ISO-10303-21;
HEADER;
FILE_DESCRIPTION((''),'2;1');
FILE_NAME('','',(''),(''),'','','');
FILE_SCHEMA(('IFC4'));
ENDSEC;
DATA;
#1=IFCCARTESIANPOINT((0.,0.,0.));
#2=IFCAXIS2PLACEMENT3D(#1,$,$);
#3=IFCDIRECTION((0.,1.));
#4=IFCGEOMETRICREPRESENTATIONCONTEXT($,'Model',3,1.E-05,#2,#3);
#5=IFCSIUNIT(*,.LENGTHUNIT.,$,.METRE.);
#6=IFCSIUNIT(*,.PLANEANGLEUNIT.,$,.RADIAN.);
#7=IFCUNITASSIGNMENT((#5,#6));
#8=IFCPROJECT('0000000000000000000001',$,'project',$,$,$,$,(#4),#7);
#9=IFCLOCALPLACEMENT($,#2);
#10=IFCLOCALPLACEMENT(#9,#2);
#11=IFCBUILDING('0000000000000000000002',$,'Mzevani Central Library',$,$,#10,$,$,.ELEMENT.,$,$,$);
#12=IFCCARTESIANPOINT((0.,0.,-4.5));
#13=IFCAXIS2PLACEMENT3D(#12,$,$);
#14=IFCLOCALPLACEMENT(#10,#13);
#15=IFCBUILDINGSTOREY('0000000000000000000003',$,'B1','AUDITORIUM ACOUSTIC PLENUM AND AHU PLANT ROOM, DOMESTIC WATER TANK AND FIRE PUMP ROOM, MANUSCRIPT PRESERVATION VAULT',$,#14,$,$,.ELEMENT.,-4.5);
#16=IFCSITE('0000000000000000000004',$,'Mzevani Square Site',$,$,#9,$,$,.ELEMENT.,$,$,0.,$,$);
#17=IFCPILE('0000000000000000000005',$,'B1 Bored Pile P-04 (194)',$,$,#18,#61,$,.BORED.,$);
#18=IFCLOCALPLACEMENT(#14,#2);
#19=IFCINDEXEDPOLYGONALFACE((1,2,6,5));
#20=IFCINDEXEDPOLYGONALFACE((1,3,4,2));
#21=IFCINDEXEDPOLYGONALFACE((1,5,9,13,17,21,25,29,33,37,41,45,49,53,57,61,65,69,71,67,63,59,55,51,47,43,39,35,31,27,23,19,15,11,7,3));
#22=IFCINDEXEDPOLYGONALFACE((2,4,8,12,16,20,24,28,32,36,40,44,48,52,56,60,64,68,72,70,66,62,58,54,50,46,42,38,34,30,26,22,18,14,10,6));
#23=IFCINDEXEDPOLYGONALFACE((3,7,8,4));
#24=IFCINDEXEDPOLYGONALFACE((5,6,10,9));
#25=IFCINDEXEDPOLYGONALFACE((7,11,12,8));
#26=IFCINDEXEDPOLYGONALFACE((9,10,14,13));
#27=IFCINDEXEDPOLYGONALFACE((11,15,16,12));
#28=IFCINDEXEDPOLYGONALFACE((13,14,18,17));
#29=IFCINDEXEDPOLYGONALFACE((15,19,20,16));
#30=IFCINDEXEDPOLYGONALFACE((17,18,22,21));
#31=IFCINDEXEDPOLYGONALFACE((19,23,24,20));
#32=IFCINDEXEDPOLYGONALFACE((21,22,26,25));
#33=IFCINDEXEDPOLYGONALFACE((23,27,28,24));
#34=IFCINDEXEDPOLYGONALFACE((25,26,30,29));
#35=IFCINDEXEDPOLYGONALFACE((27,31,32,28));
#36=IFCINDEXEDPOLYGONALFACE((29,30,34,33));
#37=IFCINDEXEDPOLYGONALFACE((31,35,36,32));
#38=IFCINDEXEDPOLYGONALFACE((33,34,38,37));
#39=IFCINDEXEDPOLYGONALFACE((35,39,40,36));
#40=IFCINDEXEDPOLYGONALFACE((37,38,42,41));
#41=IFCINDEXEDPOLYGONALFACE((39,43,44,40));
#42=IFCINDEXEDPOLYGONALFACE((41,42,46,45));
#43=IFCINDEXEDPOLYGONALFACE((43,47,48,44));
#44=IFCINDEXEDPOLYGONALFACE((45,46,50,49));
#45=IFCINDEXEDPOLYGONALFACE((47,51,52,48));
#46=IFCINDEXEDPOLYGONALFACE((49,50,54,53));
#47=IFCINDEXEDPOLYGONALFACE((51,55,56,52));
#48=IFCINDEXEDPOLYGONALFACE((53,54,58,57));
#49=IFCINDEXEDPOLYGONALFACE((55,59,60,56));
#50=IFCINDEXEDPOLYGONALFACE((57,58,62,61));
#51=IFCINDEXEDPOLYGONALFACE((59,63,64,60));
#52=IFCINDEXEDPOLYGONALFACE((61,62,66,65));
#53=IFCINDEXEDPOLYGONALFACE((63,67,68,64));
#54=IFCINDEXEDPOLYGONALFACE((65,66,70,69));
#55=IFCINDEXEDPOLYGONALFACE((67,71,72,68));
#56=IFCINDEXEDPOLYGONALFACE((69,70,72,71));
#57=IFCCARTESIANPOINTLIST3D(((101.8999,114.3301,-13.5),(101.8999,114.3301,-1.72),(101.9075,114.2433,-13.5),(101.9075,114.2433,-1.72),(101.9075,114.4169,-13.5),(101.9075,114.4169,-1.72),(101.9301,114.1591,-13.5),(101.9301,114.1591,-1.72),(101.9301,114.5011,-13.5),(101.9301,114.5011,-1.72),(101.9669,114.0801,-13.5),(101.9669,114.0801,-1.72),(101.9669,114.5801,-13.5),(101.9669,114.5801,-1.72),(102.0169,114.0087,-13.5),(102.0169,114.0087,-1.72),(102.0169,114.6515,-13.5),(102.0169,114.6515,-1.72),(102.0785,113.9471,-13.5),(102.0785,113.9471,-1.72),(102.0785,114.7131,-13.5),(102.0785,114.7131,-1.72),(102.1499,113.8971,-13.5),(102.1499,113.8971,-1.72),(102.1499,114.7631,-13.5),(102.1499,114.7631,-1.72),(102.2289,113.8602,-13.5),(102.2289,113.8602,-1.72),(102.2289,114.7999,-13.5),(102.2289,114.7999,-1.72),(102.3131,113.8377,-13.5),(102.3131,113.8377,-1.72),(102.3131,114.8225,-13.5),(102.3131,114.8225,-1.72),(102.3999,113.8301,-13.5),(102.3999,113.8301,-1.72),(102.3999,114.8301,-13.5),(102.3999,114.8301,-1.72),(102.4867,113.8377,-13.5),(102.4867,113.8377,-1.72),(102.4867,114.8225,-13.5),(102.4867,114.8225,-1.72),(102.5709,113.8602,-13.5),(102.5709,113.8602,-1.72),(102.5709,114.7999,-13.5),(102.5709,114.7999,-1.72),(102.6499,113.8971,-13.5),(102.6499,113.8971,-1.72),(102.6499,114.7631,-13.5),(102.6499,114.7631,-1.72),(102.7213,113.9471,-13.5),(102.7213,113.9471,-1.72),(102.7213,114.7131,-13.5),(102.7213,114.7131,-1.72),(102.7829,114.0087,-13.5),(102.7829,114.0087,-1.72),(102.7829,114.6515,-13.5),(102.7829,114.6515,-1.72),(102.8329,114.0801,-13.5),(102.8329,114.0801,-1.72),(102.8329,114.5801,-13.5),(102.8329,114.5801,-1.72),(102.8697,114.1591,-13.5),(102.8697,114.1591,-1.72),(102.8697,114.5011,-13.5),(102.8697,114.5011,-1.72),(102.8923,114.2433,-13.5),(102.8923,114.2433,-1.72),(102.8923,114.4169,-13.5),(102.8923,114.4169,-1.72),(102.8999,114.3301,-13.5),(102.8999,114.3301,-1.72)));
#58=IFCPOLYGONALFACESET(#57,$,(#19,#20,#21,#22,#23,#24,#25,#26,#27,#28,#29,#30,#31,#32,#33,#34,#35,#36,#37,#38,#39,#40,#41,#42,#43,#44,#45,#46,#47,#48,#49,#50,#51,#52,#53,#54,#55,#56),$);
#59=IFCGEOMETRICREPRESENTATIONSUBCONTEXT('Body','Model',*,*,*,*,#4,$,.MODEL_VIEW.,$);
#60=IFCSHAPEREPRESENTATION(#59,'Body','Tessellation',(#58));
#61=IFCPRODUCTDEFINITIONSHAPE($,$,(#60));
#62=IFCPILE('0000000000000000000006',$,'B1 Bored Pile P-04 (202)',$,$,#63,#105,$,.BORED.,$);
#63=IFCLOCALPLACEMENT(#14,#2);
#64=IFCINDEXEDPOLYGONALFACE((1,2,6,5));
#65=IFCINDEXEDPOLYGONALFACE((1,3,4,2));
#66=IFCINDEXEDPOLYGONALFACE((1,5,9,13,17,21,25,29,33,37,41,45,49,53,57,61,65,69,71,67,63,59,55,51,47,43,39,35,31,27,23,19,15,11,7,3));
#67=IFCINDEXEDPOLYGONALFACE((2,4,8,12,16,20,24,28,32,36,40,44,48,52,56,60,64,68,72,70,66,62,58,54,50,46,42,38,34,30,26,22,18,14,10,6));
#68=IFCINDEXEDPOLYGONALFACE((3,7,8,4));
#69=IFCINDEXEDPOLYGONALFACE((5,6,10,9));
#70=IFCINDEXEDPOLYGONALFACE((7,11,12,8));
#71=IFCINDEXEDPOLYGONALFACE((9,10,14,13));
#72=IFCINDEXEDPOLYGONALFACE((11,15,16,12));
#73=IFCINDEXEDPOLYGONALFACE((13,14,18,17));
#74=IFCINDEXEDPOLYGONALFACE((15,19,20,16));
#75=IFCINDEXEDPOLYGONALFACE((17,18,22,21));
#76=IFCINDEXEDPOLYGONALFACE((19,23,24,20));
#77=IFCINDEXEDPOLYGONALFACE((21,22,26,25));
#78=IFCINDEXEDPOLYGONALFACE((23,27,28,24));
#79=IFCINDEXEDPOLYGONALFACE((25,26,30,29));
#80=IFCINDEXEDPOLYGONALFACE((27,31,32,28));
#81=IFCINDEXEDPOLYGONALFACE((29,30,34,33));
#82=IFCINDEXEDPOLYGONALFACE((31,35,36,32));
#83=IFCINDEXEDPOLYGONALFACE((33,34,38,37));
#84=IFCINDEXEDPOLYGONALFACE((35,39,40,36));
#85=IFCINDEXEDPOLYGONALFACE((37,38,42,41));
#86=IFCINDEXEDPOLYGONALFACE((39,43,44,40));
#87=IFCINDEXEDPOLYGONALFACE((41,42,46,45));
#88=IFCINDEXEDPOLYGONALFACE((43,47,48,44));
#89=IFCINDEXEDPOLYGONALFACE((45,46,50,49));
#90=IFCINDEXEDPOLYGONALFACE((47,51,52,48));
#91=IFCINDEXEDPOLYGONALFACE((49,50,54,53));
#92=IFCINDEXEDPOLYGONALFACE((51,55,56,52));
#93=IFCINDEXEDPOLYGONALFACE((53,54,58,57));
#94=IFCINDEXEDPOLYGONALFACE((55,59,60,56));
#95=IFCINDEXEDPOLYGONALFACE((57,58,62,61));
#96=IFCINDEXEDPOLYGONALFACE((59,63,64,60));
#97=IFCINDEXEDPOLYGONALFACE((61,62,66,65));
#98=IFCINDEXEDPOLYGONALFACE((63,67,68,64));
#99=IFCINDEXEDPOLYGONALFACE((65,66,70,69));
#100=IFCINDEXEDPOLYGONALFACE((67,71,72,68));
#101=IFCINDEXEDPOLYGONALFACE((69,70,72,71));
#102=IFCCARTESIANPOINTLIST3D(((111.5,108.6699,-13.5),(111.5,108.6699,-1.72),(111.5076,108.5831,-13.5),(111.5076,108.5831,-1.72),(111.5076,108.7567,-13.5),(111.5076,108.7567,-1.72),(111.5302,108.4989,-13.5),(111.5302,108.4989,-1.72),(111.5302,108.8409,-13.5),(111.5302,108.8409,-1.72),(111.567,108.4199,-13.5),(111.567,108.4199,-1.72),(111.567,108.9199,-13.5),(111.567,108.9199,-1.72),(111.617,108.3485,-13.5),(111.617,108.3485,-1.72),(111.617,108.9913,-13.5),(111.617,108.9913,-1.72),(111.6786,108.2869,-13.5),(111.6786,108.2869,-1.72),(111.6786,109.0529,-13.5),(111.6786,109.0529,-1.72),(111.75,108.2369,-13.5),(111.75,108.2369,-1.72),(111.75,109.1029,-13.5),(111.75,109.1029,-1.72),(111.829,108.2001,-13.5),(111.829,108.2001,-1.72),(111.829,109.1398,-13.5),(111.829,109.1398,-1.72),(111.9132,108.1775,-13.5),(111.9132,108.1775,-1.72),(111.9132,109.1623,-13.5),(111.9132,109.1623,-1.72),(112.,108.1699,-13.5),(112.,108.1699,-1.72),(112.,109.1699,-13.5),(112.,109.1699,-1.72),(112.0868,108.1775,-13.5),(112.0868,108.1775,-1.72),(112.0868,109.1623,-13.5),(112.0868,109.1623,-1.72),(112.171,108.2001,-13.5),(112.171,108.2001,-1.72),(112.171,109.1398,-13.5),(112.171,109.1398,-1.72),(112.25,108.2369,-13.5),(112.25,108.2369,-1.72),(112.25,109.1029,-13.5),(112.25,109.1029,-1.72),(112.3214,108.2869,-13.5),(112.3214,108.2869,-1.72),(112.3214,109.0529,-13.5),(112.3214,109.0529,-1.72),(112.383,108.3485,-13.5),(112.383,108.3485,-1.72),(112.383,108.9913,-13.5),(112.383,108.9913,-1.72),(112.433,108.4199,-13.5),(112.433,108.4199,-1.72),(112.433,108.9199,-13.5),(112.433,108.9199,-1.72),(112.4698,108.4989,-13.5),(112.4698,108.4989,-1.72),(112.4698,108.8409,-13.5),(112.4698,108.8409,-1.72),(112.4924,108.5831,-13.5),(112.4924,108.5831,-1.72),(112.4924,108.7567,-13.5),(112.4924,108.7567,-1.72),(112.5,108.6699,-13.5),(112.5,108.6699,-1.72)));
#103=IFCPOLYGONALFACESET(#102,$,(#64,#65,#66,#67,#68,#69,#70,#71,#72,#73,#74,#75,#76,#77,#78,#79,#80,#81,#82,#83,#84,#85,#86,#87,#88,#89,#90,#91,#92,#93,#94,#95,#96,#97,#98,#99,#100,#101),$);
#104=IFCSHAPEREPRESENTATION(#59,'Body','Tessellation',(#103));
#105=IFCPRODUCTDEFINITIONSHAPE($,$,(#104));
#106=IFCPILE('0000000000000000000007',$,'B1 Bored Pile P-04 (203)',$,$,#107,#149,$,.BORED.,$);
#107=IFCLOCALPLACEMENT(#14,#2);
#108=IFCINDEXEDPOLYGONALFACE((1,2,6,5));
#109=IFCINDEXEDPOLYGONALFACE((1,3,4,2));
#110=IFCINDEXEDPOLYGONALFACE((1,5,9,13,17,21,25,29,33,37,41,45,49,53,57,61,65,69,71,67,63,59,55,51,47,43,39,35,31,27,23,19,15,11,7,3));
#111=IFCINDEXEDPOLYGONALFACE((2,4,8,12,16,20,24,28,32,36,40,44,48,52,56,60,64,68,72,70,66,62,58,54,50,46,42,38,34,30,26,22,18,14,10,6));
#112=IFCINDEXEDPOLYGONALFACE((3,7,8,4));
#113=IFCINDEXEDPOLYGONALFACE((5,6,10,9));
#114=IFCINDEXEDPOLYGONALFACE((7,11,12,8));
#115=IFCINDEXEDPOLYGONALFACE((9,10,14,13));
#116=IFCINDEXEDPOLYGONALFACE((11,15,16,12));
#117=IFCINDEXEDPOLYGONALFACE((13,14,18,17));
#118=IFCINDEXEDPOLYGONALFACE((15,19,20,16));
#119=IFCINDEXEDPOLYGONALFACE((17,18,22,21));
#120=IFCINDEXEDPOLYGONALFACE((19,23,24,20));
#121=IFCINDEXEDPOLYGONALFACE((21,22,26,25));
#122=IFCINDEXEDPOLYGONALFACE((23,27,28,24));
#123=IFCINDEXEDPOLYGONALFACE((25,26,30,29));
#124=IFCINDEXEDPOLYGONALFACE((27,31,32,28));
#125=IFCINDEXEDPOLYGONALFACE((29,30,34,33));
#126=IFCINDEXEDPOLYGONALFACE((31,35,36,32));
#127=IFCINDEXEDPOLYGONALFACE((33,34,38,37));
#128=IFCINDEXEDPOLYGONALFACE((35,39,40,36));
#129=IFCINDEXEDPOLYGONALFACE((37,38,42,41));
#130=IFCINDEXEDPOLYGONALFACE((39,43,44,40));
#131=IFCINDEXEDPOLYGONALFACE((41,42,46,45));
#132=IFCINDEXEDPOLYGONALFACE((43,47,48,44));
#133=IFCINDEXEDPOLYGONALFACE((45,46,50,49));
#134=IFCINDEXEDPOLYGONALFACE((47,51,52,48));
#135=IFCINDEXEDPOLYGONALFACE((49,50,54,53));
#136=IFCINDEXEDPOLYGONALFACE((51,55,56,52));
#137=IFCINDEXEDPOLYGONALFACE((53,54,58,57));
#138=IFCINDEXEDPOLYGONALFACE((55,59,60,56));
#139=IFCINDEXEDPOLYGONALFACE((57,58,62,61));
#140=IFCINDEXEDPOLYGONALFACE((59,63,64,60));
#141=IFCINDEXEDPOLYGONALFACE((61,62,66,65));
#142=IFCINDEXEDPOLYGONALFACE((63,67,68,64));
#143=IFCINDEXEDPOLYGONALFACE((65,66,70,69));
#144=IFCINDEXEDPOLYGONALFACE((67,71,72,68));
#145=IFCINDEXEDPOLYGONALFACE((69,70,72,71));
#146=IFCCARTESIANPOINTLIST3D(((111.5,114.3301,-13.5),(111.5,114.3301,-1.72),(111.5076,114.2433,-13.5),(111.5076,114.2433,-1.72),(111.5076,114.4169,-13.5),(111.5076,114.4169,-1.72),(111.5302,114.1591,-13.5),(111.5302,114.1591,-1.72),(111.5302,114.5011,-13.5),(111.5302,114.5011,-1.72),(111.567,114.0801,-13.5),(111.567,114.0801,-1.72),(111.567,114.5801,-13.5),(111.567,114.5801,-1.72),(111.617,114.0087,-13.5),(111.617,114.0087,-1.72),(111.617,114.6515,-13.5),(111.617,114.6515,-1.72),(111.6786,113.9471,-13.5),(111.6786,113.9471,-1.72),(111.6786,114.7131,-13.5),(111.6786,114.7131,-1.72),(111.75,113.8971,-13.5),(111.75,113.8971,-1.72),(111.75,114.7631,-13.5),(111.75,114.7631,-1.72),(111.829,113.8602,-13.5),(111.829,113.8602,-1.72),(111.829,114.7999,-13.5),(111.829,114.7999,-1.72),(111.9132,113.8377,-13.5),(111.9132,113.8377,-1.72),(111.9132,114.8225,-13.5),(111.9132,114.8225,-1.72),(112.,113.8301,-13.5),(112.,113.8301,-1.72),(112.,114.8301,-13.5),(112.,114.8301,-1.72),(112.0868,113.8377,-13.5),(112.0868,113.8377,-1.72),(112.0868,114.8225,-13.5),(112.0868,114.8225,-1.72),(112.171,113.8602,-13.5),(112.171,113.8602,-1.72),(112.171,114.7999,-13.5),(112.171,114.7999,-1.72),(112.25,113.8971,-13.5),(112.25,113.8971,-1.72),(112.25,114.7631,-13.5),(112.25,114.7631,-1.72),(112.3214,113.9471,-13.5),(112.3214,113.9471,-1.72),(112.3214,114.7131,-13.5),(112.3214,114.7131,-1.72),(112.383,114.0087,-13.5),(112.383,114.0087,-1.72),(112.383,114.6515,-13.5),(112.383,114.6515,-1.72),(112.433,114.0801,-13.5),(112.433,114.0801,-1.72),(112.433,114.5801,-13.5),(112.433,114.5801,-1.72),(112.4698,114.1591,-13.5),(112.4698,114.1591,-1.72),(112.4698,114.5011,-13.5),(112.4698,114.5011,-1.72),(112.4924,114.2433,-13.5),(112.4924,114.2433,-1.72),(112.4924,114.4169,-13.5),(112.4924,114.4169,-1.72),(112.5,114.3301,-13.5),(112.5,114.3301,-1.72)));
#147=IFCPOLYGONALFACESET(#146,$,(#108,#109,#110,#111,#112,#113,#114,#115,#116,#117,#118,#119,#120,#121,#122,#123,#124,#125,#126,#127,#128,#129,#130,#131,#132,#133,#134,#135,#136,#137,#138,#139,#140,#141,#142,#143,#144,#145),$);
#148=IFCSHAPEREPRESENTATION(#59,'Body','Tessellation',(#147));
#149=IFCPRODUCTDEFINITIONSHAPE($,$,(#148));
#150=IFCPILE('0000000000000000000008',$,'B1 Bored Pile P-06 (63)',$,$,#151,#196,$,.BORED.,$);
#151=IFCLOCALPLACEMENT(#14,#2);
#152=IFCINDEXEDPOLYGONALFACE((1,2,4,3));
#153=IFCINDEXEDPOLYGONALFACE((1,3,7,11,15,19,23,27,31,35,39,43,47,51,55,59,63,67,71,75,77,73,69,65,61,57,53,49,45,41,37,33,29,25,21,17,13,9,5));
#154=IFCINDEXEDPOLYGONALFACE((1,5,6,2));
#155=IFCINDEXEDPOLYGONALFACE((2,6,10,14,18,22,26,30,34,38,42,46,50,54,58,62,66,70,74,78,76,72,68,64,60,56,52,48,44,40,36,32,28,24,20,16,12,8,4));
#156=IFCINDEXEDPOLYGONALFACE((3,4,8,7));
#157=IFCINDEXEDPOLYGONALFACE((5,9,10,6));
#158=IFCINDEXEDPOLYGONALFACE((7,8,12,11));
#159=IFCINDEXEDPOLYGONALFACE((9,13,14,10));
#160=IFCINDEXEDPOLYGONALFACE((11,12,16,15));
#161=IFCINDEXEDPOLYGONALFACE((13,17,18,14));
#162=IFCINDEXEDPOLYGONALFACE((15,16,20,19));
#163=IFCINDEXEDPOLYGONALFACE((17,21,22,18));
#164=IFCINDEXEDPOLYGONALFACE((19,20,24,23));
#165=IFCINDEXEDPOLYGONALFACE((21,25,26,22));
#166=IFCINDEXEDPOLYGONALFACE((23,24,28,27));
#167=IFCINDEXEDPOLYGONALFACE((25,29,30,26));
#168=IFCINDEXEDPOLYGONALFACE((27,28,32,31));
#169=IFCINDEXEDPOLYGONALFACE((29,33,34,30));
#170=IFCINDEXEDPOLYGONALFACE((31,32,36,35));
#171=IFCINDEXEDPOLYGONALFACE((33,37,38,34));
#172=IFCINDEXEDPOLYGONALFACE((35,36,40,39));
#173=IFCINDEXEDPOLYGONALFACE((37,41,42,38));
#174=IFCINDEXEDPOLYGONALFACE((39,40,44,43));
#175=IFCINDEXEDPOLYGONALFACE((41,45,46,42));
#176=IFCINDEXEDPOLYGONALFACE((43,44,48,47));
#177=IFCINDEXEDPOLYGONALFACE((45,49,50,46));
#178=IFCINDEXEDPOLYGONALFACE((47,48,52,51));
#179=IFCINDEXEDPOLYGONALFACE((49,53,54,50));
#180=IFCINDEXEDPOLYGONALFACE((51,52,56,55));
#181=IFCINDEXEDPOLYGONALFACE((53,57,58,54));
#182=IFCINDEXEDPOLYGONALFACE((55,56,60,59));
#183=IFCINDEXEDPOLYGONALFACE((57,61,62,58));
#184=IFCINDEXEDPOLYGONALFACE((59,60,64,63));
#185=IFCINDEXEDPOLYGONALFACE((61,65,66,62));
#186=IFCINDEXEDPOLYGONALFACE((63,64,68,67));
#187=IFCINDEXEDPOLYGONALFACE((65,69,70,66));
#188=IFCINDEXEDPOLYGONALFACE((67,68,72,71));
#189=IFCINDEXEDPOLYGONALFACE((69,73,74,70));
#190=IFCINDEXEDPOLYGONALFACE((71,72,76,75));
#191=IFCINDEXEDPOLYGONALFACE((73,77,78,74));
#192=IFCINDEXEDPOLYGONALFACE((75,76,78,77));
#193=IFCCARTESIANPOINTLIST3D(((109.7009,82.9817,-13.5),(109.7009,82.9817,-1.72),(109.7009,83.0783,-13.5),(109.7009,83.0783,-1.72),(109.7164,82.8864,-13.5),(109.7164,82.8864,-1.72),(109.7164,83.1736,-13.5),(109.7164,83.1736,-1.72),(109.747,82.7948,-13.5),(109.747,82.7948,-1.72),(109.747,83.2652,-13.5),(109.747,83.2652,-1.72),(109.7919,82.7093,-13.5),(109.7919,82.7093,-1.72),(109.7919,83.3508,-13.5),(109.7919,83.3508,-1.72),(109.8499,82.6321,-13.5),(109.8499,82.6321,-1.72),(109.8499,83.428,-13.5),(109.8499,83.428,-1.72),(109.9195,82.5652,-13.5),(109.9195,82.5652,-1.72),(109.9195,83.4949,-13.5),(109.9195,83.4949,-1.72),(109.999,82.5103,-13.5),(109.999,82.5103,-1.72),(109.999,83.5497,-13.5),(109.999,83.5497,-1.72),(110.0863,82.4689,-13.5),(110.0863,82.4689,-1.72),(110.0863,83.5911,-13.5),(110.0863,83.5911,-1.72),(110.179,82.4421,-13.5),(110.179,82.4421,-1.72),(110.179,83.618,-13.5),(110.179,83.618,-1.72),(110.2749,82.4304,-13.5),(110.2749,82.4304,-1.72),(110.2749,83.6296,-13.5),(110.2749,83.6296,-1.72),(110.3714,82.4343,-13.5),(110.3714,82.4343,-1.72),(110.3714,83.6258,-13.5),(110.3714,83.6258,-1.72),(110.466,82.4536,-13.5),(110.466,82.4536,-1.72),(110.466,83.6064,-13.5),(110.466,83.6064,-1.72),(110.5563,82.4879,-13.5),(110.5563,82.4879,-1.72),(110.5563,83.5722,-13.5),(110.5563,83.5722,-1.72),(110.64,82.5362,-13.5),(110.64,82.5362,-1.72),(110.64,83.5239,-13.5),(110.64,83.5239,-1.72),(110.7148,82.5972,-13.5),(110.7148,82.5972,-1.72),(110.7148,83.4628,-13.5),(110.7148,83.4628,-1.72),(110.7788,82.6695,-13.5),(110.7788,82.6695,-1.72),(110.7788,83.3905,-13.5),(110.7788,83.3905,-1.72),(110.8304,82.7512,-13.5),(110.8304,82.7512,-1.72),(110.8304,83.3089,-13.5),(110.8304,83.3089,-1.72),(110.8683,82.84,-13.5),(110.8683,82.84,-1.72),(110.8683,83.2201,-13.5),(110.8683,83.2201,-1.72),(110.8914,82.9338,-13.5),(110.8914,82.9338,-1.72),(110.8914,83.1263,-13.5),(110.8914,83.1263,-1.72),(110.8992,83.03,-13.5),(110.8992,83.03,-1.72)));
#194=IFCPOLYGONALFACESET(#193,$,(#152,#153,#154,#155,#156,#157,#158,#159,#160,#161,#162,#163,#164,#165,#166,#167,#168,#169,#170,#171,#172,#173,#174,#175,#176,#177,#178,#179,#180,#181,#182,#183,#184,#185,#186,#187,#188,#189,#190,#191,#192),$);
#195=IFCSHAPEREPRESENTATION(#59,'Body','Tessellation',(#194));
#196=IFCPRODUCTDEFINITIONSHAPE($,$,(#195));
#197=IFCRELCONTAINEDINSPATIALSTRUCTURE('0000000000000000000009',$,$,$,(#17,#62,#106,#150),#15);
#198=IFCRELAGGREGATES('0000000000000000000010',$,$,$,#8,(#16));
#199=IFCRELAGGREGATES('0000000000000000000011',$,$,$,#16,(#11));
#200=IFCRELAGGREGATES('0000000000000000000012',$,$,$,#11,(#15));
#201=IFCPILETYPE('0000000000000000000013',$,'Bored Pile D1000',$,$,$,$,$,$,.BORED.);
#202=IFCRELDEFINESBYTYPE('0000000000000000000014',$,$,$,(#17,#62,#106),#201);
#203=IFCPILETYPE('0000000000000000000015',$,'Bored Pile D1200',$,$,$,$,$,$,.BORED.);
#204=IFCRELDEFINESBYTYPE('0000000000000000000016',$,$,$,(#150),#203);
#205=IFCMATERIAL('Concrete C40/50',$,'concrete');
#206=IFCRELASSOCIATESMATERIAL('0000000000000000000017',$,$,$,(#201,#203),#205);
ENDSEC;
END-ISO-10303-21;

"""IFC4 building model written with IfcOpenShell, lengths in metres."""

from ifc_helpers import new_model, si_unit, direction, frame, origin, origin_2d, place, context, subcontext, project, spatial, circle, extrude, material, material_profile, profile_set, type_object, element, save


model = new_model("IFC4")

# Units and contexts
model_context = context("Model", 3, precision=1e-05, world=origin(), true_north=direction((0.0, 1.0)))
body_context = subcontext(model_context, "Body", "Model", "MODEL_VIEW")
ifc_project = project(units=[si_unit("LENGTHUNIT", "METRE"), si_unit("PLANEANGLEUNIT", "RADIAN")], contexts=[model_context])

# Site, building, storey
site_placement = place(None, origin())
site = spatial("IfcSite", under=ifc_project, at=site_placement, Name="Mzevani Square Site", CompositionType="ELEMENT", RefElevation=0.0)
building_placement = place(site_placement, origin())
building = spatial("IfcBuilding", under=site, at=building_placement, Name="Mzevani Central Library", CompositionType="ELEMENT")
storey_placement = place(building_placement, frame((0.0, 0.0, -4.5)))
storey = spatial("IfcBuildingStorey", under=building, at=storey_placement, Name="B1", Description="AUDITORIUM ACOUSTIC PLENUM AND AHU PLANT ROOM, DOMESTIC WATER TANK AND FIRE PUMP ROOM, MANUSCRIPT PRESERVATION VAULT", CompositionType="ELEMENT", Elevation=-4.5)

# Piles
ifc_material = material(Name="Concrete C40/50", Category="concrete")
ifc_material_profile_1 = material_profile(ifc_material, circle(Radius=0.5, at=origin_2d()), Name="PILE D1000")
ifc_profile_set_1 = profile_set([ifc_material_profile_1], Name="Concrete C40/50")
pile_type_1 = type_object("IfcPileType", Name="Bored Pile D1000", PredefinedType="BORED", material=ifc_profile_set_1)
for number, where, z_axis, x_axis, name in (
    (1, (102.3999, 114.3301, -1.72), (0.0, 0.0, -1.0), (1.0, 0.0, 0.0), "B1 Bored Pile P-04 (194)"),
    (2, (112.0, 108.6699, -1.72), (0.0, 0.0, -1.0), (1.0, 0.0, 0.0), "B1 Bored Pile P-04 (202)"),
    (3, (112.0, 114.3301, -1.72), (0.0, 0.0, -1.0), (1.0, 0.0, 0.0), "B1 Bored Pile P-04 (203)"),
):
    element("IfcPile", number, at=place(storey_placement, frame(where, z_axis=z_axis, x_axis=x_axis)), inside=storey, type_object=pile_type_1, Name=name, PredefinedType="BORED", context=body_context, shape_type="SweptSolid", body=[
        extrude(circle(Radius=0.5, at=origin_2d()), origin(), (0.0, 0.0, 1.0), 11.78),
    ])
ifc_material_profile_2 = material_profile(ifc_material, circle(Radius=0.6001, at=origin_2d()), Name="PILE D1200")
ifc_profile_set_2 = profile_set([ifc_material_profile_2], Name="Concrete C40/50")
pile_type_2 = type_object("IfcPileType", Name="Bored Pile D1200", PredefinedType="BORED", material=ifc_profile_set_2)
for number, where, z_axis, x_axis, name in (
    (4, (110.2991, 83.03, -1.72), (0.0, 0.0, -1.0), (1.0, 0.0, 0.0), "B1 Bored Pile P-06 (63)"),
):
    element("IfcPile", number, at=place(storey_placement, frame(where, z_axis=z_axis, x_axis=x_axis)), inside=storey, type_object=pile_type_2, Name=name, PredefinedType="BORED", context=body_context, shape_type="SweptSolid", body=[
        extrude(circle(Radius=0.6001, at=origin_2d()), origin(), (0.0, 0.0, 1.0), 11.78),
    ])

save(model, "model.ifc")
